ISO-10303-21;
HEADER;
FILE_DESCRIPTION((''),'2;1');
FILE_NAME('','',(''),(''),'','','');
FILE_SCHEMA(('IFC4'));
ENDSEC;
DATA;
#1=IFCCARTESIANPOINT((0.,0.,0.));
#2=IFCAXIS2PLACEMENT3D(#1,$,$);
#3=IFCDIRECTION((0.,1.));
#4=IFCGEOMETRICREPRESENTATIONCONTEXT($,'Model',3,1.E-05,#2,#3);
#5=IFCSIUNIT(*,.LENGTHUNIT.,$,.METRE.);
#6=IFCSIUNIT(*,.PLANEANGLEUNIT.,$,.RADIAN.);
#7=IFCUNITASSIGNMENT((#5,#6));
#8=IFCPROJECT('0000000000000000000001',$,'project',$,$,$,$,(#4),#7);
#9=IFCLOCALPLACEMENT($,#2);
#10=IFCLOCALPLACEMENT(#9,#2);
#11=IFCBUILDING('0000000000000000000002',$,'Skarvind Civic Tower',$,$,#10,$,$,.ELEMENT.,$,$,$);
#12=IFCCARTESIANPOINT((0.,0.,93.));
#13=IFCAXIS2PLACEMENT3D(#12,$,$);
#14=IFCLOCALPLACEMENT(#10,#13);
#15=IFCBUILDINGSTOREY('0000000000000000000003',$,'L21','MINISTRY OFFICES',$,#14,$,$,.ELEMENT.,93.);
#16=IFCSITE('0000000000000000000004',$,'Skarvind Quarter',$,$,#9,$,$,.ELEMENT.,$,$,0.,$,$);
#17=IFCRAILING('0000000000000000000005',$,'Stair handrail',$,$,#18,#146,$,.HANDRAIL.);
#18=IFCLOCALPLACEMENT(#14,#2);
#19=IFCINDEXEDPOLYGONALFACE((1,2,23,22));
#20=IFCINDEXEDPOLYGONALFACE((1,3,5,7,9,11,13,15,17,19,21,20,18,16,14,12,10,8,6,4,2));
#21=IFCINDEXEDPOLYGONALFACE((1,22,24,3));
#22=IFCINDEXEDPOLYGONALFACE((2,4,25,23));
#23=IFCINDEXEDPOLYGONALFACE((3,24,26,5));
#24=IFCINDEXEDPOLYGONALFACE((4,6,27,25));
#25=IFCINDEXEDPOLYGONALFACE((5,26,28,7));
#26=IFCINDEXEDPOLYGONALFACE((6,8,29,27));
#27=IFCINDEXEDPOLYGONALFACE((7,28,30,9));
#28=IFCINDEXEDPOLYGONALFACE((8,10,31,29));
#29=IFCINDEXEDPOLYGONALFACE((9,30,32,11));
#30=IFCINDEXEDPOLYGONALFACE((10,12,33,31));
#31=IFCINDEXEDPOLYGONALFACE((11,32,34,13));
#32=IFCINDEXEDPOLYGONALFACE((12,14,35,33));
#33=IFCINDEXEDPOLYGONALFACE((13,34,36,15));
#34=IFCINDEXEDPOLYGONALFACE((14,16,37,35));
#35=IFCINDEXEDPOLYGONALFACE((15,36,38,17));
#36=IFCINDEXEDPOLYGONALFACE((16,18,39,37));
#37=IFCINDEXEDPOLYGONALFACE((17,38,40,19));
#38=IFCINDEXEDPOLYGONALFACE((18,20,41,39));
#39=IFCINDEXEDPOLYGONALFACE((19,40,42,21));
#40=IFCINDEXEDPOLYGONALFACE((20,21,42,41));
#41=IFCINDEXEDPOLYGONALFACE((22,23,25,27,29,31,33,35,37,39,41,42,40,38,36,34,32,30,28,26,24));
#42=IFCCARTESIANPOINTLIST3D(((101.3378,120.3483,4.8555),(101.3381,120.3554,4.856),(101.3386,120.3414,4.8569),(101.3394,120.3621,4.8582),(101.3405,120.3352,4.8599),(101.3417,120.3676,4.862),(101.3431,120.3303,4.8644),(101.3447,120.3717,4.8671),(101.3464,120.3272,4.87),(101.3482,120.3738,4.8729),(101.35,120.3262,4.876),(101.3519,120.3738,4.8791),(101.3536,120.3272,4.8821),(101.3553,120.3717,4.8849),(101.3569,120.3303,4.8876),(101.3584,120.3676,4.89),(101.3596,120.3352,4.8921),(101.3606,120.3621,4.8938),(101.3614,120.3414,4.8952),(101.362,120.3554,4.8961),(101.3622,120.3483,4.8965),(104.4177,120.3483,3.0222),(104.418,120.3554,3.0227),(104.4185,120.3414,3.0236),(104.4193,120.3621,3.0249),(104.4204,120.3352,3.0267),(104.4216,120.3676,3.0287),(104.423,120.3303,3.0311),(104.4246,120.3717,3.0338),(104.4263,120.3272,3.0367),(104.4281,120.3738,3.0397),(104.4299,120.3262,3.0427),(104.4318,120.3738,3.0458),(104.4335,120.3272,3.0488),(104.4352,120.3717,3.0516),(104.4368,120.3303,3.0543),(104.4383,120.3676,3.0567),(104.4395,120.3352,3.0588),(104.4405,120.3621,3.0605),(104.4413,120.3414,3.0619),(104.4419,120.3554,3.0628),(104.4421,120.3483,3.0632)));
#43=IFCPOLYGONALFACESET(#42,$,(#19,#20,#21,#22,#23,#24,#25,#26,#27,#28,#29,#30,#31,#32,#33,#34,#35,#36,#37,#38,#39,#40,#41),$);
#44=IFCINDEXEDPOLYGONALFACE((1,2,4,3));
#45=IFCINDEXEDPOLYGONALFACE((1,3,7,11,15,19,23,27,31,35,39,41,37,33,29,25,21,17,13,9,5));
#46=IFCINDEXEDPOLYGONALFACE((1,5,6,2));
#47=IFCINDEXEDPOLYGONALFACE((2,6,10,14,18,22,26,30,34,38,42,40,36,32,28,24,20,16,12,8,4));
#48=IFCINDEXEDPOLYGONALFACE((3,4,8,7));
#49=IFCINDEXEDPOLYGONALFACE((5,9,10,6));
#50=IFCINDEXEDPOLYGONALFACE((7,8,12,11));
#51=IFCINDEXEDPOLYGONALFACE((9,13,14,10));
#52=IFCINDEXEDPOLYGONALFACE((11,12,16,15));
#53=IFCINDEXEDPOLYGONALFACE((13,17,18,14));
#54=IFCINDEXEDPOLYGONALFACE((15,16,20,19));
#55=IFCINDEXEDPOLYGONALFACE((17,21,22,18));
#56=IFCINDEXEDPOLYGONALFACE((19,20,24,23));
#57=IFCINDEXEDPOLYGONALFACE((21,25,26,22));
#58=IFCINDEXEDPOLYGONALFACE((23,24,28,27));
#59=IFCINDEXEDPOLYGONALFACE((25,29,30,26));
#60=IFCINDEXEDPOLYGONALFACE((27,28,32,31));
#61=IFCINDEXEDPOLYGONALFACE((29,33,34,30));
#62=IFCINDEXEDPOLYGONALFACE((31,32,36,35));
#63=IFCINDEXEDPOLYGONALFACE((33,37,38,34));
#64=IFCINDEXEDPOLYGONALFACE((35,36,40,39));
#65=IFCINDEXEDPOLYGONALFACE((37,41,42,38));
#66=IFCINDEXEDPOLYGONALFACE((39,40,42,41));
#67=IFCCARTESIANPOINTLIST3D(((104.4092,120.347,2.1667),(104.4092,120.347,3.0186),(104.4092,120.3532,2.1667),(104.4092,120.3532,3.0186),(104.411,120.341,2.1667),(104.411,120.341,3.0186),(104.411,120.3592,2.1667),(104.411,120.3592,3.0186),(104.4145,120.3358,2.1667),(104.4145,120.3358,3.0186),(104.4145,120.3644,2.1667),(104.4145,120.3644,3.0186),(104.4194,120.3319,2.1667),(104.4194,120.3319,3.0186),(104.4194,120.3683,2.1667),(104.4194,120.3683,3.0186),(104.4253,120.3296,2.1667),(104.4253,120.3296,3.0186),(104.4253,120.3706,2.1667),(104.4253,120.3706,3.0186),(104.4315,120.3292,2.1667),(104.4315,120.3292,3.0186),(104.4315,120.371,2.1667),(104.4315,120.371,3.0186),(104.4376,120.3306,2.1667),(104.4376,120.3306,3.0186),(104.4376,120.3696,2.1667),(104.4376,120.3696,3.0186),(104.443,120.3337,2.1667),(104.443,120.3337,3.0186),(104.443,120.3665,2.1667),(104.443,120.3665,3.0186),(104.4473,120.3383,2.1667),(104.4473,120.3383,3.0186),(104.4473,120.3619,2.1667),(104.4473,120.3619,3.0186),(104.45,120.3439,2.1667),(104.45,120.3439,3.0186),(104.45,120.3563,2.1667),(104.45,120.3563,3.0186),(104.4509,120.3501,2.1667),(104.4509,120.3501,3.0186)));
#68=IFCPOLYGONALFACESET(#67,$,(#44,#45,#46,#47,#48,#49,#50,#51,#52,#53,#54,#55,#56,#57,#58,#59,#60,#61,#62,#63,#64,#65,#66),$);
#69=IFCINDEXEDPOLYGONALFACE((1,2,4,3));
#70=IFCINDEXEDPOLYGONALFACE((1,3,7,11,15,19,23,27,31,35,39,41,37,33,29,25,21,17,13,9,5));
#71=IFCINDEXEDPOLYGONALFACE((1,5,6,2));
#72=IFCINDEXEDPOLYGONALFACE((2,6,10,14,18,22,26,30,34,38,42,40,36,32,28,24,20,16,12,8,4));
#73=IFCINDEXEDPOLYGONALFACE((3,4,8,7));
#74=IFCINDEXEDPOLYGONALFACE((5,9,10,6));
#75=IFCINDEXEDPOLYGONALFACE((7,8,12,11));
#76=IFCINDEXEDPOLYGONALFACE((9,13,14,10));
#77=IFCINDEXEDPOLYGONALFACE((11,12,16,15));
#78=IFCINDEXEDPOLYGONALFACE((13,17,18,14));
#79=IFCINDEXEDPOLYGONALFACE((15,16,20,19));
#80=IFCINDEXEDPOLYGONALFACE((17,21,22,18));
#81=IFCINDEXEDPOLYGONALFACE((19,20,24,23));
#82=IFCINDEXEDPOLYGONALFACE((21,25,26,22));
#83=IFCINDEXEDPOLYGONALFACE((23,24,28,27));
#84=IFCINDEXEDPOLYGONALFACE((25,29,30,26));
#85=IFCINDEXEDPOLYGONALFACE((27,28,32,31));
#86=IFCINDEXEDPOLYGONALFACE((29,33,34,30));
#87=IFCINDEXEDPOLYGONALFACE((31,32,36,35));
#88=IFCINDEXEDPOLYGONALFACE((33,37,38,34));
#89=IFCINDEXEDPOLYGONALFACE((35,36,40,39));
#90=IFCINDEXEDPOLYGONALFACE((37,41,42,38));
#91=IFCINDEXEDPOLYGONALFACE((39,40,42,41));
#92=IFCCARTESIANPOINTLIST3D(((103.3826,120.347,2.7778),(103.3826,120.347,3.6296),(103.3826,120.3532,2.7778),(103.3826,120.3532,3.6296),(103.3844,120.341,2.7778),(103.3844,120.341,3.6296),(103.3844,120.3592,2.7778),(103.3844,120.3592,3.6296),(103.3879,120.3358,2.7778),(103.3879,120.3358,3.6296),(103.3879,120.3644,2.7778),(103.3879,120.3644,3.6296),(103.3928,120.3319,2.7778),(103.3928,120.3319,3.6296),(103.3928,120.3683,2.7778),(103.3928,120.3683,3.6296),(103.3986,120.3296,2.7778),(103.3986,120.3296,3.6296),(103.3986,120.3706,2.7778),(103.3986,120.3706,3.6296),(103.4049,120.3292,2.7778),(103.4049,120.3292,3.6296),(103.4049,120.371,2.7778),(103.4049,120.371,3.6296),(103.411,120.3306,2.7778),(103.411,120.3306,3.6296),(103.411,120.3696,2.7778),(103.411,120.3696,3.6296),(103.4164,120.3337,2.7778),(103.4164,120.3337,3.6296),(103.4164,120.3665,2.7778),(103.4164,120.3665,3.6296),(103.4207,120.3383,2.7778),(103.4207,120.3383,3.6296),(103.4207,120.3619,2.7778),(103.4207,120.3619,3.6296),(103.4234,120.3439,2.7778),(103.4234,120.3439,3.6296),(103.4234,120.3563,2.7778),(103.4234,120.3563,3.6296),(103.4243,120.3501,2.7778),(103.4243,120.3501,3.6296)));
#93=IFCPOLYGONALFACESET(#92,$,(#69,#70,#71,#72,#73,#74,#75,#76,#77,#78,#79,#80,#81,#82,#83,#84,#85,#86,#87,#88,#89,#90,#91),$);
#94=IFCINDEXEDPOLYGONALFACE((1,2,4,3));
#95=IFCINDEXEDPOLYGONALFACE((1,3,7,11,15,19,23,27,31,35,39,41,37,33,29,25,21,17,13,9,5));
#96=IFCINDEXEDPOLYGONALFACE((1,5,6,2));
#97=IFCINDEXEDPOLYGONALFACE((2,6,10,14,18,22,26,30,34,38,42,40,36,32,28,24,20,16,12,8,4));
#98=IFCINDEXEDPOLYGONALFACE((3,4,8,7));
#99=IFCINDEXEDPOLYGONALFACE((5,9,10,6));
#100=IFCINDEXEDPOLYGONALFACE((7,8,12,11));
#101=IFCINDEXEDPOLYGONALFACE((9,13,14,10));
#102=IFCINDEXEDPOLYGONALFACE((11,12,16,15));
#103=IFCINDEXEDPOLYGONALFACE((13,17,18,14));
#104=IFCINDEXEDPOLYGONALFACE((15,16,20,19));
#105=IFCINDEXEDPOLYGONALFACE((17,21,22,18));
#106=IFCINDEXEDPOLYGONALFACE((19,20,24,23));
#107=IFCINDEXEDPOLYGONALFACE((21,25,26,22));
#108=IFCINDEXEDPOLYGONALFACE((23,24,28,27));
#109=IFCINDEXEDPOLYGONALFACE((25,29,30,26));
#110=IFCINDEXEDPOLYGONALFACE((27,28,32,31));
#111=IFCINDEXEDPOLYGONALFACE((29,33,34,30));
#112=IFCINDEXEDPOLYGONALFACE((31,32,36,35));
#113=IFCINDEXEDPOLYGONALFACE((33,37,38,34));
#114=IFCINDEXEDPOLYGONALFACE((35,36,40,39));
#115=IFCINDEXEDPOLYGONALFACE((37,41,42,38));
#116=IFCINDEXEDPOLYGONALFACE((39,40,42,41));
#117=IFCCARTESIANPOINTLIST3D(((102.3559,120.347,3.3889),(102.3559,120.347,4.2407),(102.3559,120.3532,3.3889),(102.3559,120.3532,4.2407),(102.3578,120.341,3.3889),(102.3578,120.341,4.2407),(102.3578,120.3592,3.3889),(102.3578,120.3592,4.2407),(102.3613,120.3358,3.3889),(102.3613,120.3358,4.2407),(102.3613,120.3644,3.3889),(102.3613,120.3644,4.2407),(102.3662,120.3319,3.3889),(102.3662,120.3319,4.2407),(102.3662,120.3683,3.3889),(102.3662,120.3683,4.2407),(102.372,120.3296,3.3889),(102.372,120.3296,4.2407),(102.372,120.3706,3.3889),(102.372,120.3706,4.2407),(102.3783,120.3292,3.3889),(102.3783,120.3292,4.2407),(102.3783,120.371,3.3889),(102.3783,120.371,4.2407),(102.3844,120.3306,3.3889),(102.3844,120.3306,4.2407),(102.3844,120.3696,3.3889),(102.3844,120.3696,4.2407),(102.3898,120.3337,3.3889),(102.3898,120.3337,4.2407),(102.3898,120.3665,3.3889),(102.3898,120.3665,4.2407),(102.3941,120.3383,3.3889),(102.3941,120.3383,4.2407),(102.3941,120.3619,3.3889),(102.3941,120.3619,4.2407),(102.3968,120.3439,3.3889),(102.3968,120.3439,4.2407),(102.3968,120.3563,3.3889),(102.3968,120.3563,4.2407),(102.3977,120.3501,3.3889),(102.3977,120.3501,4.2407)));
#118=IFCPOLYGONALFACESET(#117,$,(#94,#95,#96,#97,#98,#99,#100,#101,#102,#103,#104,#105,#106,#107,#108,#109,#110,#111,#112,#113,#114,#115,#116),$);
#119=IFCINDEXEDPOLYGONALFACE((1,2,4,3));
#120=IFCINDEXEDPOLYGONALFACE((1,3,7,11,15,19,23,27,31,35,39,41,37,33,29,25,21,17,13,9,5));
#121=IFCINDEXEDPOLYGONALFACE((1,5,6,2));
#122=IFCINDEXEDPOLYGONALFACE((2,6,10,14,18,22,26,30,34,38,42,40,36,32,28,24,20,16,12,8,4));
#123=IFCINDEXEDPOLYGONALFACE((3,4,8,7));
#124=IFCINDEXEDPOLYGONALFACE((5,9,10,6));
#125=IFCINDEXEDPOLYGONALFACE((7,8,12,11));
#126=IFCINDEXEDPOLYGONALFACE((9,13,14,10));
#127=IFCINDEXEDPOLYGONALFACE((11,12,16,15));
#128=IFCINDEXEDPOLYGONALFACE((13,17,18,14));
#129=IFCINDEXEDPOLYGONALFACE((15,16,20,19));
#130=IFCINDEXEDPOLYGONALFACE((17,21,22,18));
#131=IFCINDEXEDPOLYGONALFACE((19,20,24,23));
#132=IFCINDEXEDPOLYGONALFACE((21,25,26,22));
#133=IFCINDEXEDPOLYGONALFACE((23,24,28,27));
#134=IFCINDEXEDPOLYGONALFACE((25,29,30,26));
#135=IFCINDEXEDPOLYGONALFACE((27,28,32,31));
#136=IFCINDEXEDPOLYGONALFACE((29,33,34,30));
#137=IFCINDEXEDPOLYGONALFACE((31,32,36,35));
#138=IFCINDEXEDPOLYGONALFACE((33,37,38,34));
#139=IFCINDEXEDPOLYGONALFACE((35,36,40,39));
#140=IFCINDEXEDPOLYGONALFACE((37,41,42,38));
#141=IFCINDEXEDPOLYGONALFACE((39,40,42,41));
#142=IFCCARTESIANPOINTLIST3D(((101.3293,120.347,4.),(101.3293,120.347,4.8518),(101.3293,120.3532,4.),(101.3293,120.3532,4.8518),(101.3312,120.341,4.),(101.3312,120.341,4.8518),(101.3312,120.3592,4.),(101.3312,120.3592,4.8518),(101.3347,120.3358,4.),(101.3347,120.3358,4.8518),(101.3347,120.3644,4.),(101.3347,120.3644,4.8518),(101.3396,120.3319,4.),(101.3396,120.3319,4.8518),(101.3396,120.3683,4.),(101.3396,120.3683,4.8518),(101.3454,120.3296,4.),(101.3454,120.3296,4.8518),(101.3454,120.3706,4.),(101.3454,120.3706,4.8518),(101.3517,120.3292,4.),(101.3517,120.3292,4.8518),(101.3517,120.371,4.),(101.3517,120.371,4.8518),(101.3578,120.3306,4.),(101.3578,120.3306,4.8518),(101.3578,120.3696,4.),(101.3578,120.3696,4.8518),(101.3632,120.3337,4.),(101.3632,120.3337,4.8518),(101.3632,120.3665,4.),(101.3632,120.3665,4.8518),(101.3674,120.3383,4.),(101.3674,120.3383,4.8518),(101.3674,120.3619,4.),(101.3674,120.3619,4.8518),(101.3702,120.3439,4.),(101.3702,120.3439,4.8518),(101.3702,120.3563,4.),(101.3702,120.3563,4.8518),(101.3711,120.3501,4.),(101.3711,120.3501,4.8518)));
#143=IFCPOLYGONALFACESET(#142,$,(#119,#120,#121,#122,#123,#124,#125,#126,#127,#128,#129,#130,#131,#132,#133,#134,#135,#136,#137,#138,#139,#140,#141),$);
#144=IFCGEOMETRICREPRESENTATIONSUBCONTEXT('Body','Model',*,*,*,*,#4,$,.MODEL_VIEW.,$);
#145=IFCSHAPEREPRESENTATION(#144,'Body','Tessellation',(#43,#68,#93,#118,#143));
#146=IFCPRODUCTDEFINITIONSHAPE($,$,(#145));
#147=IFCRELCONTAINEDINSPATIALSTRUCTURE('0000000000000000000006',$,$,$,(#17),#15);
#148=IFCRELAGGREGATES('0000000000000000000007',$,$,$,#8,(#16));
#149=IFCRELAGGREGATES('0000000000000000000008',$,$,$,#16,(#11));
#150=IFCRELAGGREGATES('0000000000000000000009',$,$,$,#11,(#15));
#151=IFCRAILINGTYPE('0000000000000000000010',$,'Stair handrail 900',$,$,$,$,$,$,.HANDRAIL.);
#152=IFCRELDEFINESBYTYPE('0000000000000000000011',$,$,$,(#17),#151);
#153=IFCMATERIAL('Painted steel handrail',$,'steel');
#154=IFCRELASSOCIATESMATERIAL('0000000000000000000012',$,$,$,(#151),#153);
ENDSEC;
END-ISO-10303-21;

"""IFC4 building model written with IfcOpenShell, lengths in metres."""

from ifc_helpers import new_model, si_unit, direction, frame, origin, origin_2d, place, context, subcontext, project, spatial, circle, extrude, material, type_object, element, save


model = new_model("IFC4")

# Units and contexts
model_context = context("Model", 3, precision=1e-05, world=origin(), true_north=direction((0.0, 1.0)))
body_context = subcontext(model_context, "Body", "Model", "MODEL_VIEW")
ifc_project = project(units=[si_unit("LENGTHUNIT", "METRE"), si_unit("PLANEANGLEUNIT", "RADIAN")], contexts=[model_context])

# Site, building, storey
site_placement = place(None, origin())
site = spatial("IfcSite", under=ifc_project, at=site_placement, Name="Skarvind Quarter", CompositionType="ELEMENT", RefElevation=0.0)
building_placement = place(site_placement, origin())
building = spatial("IfcBuilding", under=site, at=building_placement, Name="Skarvind Civic Tower", CompositionType="ELEMENT")
storey_placement = place(building_placement, frame((0.0, 0.0, 93.0)))
storey = spatial("IfcBuildingStorey", under=building, at=storey_placement, Name="L21", Description="MINISTRY OFFICES", CompositionType="ELEMENT", Elevation=93.0)

# Railing
ifc_material_1 = material(Name="Painted steel handrail", Category="steel")
railing_type = type_object("IfcRailingType", Name="Stair handrail 900", PredefinedType="HANDRAIL", material=ifc_material_1)
railing_1_placement = place(storey_placement, frame((104.4299, 120.3501, 2.1667)))
element("IfcRailing", 1, at=railing_1_placement, inside=storey, type_object=railing_type, Name="Stair handrail", PredefinedType="HANDRAIL", context=body_context, shape_type="SweptSolid", body=[
    extrude(circle(Radius=0.0239, at=origin_2d()), frame((0.0, 0.0, 0.876), z_axis=(-0.859291, 0.0, 0.511487), x_axis=(0.0, -1.0, 0.0)), (0.0, 0.0, 1.0), 3.5842),
    extrude(circle(Radius=0.021, at=origin_2d()), origin(), (0.0, 0.0, 1.0), 0.8518),
    extrude(circle(Radius=0.021, at=origin_2d()), frame((-1.0266, 0.0, 0.6111)), (0.0, 0.0, 1.0), 0.8518),
    extrude(circle(Radius=0.021, at=origin_2d()), frame((-2.0532, 0.0, 1.2222)), (0.0, 0.0, 1.0), 0.8518),
    extrude(circle(Radius=0.021, at=origin_2d()), frame((-3.0798, 0.0, 1.8333)), (0.0, 0.0, 1.0), 0.8518),
])

save(model, "model.ifc")
